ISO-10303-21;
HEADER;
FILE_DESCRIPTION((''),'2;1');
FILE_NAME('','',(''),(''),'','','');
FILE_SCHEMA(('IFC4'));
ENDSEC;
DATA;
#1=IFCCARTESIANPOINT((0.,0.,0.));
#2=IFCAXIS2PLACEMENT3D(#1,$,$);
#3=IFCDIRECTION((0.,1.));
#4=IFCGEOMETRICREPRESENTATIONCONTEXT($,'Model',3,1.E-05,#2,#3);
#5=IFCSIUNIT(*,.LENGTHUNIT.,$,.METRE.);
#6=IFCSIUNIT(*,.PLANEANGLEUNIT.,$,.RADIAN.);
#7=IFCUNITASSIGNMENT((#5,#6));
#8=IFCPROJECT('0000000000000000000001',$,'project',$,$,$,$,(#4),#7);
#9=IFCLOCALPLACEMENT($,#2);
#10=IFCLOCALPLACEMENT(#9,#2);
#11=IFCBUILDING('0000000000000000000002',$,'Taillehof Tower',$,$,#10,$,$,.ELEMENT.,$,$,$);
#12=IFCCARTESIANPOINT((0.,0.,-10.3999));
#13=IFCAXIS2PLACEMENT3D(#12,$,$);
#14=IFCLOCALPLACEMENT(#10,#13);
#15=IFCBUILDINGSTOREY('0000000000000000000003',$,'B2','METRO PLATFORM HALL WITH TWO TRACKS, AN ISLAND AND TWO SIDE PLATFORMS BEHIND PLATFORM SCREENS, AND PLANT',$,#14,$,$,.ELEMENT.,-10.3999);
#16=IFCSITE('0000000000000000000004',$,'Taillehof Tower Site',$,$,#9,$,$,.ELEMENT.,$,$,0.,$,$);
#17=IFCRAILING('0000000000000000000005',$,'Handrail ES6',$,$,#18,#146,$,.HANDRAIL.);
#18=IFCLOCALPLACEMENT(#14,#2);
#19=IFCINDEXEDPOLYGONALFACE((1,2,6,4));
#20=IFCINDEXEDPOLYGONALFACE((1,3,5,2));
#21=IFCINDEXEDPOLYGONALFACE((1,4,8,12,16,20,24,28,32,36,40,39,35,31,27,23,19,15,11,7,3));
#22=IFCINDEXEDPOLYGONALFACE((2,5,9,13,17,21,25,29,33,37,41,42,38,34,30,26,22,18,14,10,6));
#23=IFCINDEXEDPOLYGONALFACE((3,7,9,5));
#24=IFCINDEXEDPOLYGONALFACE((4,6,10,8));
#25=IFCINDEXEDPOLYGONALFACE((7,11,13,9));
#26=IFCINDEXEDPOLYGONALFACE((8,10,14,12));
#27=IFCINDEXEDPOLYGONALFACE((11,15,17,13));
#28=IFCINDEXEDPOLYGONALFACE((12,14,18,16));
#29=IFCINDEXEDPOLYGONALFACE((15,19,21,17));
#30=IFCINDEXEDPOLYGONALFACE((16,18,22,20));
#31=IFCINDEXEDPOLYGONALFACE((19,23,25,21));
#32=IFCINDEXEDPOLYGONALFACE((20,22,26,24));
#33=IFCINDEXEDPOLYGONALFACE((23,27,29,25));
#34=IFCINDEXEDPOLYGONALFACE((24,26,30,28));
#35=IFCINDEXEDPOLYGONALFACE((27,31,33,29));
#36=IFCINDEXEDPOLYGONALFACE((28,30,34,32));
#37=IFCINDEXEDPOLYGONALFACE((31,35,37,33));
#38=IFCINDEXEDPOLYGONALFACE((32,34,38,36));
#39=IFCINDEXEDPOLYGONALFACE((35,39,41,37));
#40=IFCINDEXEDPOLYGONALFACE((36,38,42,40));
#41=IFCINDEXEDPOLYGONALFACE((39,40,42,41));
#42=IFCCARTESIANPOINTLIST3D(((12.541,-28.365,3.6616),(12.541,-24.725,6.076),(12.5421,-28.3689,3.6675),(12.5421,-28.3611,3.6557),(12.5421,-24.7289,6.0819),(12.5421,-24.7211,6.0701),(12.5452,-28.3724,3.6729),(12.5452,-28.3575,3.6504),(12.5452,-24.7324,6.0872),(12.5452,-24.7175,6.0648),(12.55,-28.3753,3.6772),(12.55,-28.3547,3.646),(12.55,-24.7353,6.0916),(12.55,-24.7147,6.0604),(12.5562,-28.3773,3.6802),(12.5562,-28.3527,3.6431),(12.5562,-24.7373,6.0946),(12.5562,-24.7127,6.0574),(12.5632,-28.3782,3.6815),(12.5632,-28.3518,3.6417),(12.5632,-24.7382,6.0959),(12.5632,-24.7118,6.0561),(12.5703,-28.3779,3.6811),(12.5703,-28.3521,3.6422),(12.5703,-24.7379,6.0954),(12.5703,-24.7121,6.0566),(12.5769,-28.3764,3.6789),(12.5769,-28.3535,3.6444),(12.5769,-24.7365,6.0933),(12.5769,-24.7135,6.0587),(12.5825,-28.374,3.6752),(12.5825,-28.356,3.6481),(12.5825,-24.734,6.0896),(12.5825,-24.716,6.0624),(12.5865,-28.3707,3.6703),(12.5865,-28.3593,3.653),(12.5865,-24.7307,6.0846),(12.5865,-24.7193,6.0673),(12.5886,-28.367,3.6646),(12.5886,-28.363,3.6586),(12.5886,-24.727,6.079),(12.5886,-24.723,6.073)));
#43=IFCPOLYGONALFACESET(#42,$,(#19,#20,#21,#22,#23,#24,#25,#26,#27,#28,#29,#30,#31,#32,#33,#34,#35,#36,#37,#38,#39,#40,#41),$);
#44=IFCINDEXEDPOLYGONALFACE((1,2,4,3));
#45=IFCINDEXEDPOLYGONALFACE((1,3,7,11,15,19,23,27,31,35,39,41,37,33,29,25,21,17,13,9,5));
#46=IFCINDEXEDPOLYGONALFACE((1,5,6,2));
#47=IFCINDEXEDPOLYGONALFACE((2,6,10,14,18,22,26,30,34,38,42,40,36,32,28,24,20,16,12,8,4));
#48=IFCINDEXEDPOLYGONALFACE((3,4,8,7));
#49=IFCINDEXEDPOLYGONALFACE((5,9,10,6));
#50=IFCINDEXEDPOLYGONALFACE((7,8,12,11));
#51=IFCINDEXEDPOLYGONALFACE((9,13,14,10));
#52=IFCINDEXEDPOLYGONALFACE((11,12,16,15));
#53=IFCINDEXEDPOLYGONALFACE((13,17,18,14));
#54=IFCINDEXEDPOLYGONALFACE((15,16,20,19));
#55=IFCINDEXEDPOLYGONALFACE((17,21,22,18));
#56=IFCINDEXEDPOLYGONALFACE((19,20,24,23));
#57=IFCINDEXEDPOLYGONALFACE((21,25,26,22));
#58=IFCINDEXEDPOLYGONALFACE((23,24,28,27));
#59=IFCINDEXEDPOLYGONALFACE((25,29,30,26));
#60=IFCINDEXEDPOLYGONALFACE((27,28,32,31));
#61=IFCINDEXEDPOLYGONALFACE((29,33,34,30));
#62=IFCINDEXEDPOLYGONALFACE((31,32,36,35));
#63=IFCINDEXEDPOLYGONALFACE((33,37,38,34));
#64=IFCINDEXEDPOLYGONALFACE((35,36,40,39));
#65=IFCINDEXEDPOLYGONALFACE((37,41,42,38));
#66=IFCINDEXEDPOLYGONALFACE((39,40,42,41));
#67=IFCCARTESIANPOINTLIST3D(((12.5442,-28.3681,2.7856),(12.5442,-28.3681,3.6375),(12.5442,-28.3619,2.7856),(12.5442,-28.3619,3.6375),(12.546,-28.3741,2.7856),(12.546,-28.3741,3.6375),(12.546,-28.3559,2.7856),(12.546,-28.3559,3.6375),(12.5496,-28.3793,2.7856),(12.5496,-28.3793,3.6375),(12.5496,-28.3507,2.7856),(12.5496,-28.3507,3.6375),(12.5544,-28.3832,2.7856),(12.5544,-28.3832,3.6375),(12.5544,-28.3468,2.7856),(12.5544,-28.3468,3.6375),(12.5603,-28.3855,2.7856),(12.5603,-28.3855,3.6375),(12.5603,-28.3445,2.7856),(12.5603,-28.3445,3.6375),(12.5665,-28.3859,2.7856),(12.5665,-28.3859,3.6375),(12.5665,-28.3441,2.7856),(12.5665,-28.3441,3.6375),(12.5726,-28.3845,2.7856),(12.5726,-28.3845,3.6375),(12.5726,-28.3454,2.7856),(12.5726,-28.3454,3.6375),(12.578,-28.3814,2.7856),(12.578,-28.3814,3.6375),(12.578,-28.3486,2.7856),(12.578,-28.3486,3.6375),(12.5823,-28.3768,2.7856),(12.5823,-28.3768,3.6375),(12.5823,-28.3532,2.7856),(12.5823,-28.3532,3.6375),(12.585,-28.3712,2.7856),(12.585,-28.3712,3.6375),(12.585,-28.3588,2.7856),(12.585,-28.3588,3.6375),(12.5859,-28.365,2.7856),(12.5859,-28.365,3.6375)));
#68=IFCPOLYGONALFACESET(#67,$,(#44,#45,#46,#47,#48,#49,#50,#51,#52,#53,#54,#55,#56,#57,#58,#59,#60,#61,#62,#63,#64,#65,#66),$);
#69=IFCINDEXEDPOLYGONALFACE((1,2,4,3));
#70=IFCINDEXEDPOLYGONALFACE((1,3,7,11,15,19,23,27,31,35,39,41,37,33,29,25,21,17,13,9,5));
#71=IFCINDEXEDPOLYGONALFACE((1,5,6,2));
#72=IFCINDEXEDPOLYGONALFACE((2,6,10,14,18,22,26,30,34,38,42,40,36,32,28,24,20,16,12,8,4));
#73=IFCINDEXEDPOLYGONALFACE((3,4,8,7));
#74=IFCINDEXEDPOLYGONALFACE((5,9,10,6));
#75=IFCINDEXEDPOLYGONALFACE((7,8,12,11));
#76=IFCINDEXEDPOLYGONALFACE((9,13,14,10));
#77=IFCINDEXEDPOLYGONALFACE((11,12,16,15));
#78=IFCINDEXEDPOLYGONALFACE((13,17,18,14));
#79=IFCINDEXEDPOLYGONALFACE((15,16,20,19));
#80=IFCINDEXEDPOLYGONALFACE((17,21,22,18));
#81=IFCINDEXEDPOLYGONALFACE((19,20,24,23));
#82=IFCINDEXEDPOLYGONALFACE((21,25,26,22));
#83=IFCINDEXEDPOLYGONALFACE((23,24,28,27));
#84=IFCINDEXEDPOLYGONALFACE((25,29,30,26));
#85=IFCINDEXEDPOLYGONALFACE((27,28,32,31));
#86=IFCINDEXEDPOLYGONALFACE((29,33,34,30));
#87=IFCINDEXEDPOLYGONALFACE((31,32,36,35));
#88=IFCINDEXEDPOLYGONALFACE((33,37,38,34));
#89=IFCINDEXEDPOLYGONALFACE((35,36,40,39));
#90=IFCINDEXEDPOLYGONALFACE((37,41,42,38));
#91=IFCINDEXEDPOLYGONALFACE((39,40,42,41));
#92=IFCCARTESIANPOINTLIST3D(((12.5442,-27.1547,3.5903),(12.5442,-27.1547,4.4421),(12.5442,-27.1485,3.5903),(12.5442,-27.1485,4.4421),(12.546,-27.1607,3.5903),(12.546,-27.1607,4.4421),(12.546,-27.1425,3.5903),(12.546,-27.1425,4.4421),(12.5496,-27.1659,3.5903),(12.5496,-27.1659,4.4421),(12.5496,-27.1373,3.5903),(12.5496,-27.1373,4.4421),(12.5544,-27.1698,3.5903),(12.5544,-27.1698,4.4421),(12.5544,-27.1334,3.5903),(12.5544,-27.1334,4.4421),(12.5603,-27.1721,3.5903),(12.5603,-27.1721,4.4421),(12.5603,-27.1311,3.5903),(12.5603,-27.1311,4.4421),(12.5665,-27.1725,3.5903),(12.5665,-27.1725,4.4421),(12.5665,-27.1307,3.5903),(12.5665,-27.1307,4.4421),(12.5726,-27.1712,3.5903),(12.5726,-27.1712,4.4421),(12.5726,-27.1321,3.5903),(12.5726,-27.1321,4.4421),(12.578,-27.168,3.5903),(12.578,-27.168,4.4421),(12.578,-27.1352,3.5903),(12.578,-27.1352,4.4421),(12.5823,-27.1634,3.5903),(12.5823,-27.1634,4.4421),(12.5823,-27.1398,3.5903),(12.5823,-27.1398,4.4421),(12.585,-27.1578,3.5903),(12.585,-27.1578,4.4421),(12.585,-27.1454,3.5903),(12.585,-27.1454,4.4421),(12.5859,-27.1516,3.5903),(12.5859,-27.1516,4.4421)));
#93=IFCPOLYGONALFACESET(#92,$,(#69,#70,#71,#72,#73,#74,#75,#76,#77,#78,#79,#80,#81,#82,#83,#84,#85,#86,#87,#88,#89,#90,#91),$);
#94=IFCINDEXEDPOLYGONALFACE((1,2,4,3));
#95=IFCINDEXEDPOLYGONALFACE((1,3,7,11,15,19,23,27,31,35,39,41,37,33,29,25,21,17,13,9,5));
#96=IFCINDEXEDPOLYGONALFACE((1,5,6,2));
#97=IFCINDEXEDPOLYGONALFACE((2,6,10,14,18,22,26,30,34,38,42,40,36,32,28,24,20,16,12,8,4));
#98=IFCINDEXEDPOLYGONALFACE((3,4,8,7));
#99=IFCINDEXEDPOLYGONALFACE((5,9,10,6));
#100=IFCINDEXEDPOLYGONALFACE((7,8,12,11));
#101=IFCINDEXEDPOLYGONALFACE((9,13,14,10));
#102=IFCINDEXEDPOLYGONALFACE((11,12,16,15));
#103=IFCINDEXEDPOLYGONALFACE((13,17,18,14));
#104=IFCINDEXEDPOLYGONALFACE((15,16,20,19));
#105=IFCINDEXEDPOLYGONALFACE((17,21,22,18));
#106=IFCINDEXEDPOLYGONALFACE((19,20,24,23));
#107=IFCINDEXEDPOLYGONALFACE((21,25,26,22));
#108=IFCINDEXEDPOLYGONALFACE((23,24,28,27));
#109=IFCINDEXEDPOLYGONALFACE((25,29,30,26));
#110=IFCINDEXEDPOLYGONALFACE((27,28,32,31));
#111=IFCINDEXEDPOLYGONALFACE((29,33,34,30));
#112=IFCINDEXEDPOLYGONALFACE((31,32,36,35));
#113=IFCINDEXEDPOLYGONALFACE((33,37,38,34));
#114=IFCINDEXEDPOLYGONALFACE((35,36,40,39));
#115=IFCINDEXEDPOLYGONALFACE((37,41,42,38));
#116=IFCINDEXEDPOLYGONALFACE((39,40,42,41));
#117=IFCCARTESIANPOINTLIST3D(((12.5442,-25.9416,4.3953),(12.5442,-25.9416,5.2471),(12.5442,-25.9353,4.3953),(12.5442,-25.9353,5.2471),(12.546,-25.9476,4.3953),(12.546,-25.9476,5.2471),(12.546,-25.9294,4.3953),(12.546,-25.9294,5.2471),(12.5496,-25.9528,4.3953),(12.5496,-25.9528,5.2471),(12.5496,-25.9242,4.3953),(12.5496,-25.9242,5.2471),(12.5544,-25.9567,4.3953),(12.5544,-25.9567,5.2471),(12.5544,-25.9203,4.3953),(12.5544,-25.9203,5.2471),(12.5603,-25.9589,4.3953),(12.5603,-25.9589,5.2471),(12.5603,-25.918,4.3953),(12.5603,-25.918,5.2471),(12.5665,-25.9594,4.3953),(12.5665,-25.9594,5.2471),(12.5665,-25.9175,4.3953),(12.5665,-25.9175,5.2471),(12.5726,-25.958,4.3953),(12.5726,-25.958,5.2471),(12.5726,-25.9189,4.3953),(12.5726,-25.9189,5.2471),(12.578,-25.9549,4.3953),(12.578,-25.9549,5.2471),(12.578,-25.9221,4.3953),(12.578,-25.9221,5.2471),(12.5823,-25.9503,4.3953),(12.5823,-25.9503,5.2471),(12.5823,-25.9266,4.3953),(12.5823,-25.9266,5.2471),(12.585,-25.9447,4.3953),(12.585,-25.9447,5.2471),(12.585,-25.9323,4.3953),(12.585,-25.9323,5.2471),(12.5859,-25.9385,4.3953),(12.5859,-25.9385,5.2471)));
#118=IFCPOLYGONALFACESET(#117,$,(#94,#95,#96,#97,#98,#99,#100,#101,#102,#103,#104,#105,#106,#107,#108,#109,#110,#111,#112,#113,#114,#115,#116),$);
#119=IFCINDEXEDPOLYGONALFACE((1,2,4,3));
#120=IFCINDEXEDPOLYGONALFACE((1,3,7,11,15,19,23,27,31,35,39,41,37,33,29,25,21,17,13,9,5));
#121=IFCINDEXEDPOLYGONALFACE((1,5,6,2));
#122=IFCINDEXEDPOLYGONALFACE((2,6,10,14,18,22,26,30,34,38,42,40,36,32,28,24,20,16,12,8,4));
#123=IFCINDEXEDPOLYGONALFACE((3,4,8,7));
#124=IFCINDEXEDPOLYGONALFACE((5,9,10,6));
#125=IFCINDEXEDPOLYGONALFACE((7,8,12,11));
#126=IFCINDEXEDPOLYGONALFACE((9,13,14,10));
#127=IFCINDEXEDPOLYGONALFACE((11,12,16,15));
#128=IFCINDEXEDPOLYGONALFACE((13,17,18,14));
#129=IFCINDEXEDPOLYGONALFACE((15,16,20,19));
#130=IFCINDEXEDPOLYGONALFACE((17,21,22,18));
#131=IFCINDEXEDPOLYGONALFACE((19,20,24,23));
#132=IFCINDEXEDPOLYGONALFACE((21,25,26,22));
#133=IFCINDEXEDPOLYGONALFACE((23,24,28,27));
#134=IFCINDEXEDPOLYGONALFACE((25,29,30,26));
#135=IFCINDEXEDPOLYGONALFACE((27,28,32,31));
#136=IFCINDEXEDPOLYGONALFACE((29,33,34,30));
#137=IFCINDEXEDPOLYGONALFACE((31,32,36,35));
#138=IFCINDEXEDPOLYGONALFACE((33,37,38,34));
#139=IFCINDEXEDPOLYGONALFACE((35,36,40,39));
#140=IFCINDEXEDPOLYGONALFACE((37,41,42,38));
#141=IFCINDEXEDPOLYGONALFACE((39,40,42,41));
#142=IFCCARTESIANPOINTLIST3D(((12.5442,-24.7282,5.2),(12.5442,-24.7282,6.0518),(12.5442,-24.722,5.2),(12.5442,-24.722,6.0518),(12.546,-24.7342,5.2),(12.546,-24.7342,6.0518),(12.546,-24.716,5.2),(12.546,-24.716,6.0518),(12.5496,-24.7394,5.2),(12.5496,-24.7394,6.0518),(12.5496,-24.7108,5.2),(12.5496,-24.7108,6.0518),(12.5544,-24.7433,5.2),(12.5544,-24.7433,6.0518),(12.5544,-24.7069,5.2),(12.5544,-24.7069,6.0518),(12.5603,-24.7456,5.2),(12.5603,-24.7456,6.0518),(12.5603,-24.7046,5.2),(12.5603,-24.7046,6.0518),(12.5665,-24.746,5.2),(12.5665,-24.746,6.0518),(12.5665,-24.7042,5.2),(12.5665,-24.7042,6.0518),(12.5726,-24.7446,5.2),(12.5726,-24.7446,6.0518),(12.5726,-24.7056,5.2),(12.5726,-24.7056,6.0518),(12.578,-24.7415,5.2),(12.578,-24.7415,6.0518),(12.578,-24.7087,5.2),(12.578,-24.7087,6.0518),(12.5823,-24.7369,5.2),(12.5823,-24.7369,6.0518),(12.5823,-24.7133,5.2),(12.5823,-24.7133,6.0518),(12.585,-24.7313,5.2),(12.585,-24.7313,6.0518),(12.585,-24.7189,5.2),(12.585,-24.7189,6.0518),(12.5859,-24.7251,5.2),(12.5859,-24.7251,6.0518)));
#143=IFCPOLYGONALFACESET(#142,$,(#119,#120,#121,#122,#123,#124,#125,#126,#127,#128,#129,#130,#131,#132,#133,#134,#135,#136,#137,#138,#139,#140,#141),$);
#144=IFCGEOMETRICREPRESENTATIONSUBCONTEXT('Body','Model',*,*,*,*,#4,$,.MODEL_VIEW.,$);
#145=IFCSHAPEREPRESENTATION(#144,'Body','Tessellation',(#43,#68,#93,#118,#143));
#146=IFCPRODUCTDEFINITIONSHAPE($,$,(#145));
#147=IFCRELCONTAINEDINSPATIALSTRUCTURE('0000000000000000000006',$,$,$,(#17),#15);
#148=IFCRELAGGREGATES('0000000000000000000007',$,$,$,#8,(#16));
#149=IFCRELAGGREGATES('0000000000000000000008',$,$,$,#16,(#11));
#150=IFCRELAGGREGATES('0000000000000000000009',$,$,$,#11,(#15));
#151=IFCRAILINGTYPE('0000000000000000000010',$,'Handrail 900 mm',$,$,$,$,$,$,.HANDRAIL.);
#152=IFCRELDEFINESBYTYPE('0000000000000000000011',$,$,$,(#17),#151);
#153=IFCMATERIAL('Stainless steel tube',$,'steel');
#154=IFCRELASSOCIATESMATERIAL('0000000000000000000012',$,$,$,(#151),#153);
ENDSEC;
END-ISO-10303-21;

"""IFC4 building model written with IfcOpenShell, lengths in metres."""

from ifc_helpers import new_model, si_unit, direction, frame, origin, origin_2d, place, context, subcontext, project, spatial, circle, extrude, material, type_object, element, save


model = new_model("IFC4")

# Units and contexts
model_context = context("Model", 3, precision=1e-05, world=origin(), true_north=direction((0.0, 1.0)))
body_context = subcontext(model_context, "Body", "Model", "MODEL_VIEW")
ifc_project = project(units=[si_unit("LENGTHUNIT", "METRE"), si_unit("PLANEANGLEUNIT", "RADIAN")], contexts=[model_context])

# Site, building, storey
site_placement = place(None, origin())
site = spatial("IfcSite", under=ifc_project, at=site_placement, Name="Taillehof Tower Site", CompositionType="ELEMENT", RefElevation=0.0)
building_placement = place(site_placement, origin())
building = spatial("IfcBuilding", under=site, at=building_placement, Name="Taillehof Tower", CompositionType="ELEMENT")
storey_placement = place(building_placement, frame((0.0, 0.0, -10.3999)))
storey = spatial("IfcBuildingStorey", under=building, at=storey_placement, Name="B2", Description="METRO PLATFORM HALL WITH TWO TRACKS, AN ISLAND AND TWO SIDE PLATFORMS BEHIND PLATFORM SCREENS, AND PLANT", CompositionType="ELEMENT", Elevation=-10.3999)

# Railing
ifc_material_1 = material(Name="Stainless steel tube", Category="steel")
railing_type = type_object("IfcRailingType", Name="Handrail 900 mm", PredefinedType="HANDRAIL", material=ifc_material_1)
for number, where, name in (
    (1, (12.5649, -28.365, 2.7856), "Handrail ES6"),
):
    element("IfcRailing", number, at=place(storey_placement, frame(where)), inside=storey, type_object=railing_type, Name=name, PredefinedType="HANDRAIL", context=body_context, shape_type="SweptSolid", body=[
        extrude(circle(Radius=0.0239, at=origin_2d()), frame((0.0, 0.0, 0.876), z_axis=(0.0, 0.833347, 0.552751), x_axis=(-1.0, 0.0, 0.0)), (0.0, 0.0, 1.0), 4.3679),
        extrude(circle(Radius=0.021, at=origin_2d()), origin(), (0.0, 0.0, 1.0), 0.8518),
        extrude(circle(Radius=0.021, at=origin_2d()), frame((0.0, 1.2134, 0.8047)), (0.0, 0.0, 1.0), 0.8518),
        extrude(circle(Radius=0.021, at=origin_2d()), frame((0.0, 2.4265, 1.6096)), (0.0, 0.0, 1.0), 0.8518),
        extrude(circle(Radius=0.021, at=origin_2d()), frame((0.0, 3.6399, 2.4143)), (0.0, 0.0, 1.0), 0.8518),
    ])

save(model, "model.ifc")
